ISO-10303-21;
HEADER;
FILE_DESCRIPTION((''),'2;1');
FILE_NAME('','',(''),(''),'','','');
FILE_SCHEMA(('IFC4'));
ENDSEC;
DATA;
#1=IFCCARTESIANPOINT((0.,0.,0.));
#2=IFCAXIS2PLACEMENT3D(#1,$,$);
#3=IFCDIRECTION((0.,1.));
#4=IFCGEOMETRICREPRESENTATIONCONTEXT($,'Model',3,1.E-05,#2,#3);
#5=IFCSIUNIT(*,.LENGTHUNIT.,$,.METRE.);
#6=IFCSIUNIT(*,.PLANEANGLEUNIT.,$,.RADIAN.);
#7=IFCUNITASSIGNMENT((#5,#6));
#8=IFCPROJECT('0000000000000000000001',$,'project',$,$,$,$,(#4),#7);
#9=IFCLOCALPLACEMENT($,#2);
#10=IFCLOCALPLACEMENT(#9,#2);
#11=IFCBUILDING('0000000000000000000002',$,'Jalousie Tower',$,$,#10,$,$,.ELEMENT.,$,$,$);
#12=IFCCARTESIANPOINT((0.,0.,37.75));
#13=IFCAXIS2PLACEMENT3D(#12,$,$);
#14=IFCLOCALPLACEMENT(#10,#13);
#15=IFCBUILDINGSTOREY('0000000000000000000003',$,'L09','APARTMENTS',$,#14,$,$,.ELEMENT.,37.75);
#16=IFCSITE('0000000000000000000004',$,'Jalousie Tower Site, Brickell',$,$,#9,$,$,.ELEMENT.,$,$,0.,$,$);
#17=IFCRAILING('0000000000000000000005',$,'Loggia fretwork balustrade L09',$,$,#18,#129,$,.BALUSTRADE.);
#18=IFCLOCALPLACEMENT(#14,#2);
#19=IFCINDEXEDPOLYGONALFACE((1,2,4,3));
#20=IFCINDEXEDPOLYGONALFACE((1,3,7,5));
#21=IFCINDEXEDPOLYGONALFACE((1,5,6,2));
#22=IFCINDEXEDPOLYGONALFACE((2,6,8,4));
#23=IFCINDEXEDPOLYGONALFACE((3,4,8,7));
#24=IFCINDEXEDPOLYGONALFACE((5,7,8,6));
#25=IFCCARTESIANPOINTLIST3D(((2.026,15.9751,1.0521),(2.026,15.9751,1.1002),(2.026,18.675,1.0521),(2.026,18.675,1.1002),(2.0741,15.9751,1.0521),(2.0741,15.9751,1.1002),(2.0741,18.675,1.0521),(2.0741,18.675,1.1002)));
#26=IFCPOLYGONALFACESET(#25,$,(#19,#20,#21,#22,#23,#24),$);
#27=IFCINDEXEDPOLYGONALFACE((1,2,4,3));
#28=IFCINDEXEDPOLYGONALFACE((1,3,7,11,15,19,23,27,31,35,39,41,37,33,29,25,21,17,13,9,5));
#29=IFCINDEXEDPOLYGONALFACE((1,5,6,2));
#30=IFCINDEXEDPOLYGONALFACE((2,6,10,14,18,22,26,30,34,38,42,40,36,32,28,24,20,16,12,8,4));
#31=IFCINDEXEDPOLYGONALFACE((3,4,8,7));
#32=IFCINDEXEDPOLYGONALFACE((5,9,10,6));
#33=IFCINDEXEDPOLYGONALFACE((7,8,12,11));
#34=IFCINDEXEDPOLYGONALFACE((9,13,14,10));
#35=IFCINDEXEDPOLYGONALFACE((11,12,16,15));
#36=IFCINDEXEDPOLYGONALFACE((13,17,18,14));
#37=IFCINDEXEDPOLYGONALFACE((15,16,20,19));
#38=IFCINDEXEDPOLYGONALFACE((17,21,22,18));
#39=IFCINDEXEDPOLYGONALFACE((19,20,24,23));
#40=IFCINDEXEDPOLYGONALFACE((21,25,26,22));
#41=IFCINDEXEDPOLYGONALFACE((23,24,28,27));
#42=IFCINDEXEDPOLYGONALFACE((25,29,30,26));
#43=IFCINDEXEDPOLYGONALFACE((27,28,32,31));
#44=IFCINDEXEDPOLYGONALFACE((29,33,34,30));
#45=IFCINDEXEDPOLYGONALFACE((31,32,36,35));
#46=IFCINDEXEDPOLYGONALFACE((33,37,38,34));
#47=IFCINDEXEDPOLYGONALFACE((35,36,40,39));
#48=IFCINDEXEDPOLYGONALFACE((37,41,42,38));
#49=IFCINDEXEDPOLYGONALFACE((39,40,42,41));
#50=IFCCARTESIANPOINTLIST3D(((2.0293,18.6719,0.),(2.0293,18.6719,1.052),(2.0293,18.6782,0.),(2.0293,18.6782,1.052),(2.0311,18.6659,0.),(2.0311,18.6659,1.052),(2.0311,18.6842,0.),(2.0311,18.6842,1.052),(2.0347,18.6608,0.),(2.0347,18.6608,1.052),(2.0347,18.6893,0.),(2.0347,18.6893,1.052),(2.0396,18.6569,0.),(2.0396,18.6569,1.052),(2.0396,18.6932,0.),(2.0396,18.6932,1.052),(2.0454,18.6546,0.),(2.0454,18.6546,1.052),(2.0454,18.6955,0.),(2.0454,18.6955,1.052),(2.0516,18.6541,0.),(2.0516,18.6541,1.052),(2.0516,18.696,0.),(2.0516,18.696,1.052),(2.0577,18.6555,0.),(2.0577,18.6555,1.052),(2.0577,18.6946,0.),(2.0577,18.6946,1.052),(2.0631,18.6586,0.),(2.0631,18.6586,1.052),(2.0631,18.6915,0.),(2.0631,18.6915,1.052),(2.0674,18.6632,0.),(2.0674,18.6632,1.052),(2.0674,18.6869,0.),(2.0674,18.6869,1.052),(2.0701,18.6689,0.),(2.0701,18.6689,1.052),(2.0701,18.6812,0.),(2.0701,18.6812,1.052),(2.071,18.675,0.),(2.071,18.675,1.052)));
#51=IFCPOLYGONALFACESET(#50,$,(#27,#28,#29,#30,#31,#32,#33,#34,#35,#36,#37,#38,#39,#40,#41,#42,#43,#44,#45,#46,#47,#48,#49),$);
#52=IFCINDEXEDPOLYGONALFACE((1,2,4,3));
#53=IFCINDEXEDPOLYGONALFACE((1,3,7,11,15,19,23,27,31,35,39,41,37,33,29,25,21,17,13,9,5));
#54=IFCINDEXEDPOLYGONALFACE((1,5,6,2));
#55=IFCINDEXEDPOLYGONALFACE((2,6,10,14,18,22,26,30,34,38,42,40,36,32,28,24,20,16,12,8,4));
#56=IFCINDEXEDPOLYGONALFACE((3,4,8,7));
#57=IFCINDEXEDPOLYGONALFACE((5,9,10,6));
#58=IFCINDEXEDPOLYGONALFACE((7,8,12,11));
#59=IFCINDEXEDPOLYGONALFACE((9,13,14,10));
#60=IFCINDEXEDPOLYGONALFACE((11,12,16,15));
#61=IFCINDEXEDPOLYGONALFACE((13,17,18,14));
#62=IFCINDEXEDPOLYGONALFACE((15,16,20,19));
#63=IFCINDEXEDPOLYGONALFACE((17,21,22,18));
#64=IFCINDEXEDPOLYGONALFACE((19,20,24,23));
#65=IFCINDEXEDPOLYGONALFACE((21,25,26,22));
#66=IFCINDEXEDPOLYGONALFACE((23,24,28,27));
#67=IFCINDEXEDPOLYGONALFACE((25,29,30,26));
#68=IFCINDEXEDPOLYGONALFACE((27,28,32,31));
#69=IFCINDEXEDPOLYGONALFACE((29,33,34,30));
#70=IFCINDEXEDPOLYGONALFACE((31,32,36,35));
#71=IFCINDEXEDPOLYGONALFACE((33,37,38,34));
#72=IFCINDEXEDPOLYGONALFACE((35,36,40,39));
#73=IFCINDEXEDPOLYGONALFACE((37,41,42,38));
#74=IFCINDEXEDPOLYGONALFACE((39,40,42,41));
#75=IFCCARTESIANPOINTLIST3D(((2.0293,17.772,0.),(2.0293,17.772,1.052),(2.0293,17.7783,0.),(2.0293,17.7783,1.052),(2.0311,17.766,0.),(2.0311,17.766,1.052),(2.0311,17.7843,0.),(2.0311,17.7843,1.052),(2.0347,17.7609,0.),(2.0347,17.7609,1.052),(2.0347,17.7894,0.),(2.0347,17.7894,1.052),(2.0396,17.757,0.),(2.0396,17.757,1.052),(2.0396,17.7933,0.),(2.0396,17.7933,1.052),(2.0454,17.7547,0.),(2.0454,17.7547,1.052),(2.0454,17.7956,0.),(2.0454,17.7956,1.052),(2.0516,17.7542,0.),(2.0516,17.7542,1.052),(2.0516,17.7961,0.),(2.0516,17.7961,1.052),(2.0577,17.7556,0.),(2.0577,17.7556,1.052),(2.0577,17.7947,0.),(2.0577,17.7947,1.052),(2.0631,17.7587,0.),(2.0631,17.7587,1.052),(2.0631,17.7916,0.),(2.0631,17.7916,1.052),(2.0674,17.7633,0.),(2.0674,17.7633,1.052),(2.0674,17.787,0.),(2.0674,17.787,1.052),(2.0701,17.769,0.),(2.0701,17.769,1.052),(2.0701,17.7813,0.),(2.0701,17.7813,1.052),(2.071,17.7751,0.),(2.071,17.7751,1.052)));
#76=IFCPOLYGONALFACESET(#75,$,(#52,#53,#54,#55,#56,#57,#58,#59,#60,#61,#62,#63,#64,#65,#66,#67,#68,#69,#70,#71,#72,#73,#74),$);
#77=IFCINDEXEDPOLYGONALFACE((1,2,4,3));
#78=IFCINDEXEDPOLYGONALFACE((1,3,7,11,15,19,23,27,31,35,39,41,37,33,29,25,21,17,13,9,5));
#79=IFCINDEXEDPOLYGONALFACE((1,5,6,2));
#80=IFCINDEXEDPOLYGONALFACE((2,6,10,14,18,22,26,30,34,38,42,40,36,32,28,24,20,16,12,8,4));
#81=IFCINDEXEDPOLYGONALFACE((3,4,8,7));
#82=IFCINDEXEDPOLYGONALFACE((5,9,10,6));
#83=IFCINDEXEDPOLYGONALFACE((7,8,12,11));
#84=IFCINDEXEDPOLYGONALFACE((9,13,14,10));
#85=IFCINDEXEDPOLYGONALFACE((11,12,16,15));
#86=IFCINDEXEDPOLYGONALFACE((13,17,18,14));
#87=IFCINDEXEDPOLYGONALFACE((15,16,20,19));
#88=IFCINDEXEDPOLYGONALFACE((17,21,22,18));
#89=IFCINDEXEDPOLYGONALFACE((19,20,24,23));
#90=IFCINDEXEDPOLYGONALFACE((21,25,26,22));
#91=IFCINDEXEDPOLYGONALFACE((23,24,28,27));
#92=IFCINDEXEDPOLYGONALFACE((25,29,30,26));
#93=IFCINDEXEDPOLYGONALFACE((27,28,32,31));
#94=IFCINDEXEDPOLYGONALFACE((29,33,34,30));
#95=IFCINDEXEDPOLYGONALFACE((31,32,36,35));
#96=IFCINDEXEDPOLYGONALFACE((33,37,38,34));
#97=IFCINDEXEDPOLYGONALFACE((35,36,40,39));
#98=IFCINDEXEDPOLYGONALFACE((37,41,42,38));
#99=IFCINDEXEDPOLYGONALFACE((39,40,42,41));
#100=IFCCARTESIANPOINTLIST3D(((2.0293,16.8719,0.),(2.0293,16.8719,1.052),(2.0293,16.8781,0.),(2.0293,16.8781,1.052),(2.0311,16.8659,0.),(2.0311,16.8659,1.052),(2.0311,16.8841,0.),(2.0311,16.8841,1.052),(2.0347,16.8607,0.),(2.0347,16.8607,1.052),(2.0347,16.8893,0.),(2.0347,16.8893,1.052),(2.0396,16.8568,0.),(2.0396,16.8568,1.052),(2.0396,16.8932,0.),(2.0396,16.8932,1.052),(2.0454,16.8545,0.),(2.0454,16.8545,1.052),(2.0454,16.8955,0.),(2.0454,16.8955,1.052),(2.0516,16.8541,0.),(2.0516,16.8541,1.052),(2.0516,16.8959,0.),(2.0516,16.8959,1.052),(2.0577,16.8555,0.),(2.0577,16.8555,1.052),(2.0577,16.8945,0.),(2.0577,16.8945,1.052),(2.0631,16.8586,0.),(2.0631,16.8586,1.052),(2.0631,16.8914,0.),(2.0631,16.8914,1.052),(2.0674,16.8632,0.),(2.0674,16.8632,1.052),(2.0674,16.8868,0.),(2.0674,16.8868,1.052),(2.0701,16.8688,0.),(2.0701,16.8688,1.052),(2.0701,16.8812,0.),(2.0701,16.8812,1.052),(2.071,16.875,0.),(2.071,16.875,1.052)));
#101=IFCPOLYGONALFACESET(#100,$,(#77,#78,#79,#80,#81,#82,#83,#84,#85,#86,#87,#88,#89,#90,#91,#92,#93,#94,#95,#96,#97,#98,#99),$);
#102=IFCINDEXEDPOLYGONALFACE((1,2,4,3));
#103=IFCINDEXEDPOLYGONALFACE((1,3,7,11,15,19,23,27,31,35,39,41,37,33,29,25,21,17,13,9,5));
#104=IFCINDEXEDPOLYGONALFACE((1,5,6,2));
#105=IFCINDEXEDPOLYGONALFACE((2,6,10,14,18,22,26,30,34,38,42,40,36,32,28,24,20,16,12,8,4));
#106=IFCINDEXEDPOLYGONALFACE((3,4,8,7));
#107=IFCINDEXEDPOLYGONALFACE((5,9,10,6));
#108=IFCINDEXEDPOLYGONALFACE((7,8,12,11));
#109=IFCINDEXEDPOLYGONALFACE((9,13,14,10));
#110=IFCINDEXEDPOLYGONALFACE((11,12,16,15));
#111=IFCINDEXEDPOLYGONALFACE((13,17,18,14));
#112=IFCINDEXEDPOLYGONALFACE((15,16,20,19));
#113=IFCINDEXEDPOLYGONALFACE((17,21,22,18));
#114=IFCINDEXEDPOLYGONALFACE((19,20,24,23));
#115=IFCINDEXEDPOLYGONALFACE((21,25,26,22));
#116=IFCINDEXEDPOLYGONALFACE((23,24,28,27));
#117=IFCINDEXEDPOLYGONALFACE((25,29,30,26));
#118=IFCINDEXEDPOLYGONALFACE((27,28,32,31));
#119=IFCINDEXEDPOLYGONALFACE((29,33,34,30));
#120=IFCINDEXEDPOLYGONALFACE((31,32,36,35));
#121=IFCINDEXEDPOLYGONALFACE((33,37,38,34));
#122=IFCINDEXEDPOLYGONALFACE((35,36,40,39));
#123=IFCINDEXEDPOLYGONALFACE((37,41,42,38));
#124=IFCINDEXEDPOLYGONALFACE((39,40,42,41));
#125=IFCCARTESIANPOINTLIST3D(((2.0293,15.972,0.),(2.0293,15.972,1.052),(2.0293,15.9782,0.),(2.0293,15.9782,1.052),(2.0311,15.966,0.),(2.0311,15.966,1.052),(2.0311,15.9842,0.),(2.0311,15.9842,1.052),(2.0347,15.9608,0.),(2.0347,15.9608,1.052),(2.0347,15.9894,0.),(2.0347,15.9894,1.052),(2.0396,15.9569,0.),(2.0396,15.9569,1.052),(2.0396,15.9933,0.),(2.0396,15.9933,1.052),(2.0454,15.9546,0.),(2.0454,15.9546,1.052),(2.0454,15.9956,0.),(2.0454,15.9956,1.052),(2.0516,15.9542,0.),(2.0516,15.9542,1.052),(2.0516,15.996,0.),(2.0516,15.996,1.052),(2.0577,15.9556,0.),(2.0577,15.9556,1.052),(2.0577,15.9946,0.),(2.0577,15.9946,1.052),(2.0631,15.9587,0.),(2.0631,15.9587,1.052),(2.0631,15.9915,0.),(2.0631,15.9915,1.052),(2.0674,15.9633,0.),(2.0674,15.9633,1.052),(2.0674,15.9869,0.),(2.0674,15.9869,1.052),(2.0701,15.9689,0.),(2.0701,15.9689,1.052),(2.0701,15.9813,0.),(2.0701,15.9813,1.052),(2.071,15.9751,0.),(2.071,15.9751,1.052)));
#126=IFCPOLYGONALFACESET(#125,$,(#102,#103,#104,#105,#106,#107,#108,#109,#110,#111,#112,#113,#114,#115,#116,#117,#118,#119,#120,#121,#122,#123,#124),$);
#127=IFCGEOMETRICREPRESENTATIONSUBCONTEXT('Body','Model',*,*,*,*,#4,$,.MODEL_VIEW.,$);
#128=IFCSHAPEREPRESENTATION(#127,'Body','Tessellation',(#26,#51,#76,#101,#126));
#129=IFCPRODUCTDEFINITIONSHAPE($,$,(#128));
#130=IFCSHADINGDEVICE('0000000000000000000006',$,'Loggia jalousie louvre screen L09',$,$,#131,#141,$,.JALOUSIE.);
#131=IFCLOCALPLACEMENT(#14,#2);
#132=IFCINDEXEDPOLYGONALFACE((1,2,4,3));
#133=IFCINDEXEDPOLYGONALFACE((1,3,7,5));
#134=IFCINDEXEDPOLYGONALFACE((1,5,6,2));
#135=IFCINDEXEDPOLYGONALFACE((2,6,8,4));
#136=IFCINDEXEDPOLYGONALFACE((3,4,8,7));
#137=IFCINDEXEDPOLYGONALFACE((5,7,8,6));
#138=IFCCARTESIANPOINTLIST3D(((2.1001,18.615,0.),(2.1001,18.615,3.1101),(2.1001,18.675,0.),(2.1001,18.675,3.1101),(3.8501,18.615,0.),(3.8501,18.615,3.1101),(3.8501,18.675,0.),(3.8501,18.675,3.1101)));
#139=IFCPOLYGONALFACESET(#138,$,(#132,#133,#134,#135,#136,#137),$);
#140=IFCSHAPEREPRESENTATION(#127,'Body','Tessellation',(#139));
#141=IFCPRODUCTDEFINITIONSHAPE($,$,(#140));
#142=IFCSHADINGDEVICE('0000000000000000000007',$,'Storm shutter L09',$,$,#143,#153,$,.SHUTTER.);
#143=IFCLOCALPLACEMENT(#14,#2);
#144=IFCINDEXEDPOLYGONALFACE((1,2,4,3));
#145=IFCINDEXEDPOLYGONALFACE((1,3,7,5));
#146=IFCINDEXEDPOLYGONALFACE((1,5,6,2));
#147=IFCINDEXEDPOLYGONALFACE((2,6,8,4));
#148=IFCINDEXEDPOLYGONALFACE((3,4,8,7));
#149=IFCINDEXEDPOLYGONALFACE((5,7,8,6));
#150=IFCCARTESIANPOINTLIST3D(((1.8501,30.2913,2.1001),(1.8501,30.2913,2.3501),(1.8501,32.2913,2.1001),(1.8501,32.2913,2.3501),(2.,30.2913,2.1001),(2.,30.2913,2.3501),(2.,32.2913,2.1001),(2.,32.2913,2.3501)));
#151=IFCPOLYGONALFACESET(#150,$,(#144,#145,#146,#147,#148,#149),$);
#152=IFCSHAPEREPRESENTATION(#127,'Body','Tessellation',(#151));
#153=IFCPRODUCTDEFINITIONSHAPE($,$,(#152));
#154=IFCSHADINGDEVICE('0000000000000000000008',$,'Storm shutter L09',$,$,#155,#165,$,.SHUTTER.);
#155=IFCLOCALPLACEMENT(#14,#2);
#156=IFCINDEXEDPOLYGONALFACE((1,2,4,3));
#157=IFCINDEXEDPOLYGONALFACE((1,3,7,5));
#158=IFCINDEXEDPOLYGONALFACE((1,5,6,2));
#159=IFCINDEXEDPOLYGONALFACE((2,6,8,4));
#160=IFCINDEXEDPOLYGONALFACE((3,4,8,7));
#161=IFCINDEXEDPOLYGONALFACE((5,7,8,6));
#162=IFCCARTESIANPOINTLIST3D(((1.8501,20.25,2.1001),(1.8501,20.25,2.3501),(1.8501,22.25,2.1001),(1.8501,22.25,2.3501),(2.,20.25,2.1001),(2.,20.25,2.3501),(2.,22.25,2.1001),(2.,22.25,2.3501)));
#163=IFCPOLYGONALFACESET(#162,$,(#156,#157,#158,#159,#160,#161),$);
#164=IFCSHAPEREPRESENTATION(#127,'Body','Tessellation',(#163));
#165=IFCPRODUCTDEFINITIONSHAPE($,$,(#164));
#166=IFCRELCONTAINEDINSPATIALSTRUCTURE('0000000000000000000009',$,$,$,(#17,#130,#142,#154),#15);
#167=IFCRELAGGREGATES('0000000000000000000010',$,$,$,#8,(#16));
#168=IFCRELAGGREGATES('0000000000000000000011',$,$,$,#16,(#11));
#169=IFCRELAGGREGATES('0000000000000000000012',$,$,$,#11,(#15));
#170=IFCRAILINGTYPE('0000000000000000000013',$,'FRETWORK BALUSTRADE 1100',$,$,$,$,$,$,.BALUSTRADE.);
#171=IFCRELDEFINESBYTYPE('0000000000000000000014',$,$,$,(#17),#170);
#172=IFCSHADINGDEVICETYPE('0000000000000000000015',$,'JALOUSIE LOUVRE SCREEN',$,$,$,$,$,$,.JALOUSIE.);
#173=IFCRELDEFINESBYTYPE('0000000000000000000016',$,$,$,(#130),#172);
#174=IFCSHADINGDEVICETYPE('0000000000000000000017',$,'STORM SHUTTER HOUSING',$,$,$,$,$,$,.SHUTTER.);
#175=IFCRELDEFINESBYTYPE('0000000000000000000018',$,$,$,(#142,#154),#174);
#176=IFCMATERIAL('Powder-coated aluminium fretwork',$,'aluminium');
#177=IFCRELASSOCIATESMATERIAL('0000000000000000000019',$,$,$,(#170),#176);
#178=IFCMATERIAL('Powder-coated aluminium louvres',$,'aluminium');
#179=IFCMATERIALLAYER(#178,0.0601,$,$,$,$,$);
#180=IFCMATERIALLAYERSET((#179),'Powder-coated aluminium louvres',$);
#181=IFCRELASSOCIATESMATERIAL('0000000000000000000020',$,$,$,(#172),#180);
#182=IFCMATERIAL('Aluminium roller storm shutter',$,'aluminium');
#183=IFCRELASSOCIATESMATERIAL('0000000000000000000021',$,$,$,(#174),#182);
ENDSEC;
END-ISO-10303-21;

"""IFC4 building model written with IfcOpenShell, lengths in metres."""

from ifc_helpers import new_model, si_unit, direction, frame, origin, origin_2d, place, context, subcontext, project, spatial, rectangle, circle, extrude, material, layer, layer_set, type_object, element, save


model = new_model("IFC4")

# Units and contexts
model_context = context("Model", 3, precision=1e-05, world=origin(), true_north=direction((0.0, 1.0)))
body_context = subcontext(model_context, "Body", "Model", "MODEL_VIEW")
ifc_project = project(units=[si_unit("LENGTHUNIT", "METRE"), si_unit("PLANEANGLEUNIT", "RADIAN")], contexts=[model_context])

# Site, building, storey
site_placement = place(None, origin())
site = spatial("IfcSite", under=ifc_project, at=site_placement, Name="Jalousie Tower Site, Brickell", CompositionType="ELEMENT", RefElevation=0.0)
building_placement = place(site_placement, origin())
building = spatial("IfcBuilding", under=site, at=building_placement, Name="Jalousie Tower", CompositionType="ELEMENT")
storey_placement = place(building_placement, frame((0.0, 0.0, 37.75)))
storey = spatial("IfcBuildingStorey", under=building, at=storey_placement, Name="L09", Description="APARTMENTS", CompositionType="ELEMENT", Elevation=37.75)

# Railing
ifc_material_1 = material(Name="Powder-coated aluminium fretwork", Category="aluminium")
railing_type = type_object("IfcRailingType", Name="FRETWORK BALUSTRADE 1100", PredefinedType="BALUSTRADE", material=ifc_material_1)
railing_placement = place(storey_placement, frame((2.05, 18.675, 0.0)))
element("IfcRailing", 1, at=railing_placement, inside=storey, type_object=railing_type, Name="Loggia fretwork balustrade L09", PredefinedType="BALUSTRADE", context=body_context, shape_type="SweptSolid", body=[
    extrude(rectangle(XDim=0.0481, YDim=0.0481, at=origin_2d()), frame((0.0, 0.0, 1.0762), z_axis=(0.0, -1.0, 0.0), x_axis=(1.0, 0.0, 0.0)), (0.0, 0.0, 1.0), 2.7),
    extrude(circle(Radius=0.021, at=origin_2d()), origin(), (0.0, 0.0, 1.0), 1.052),
    extrude(circle(Radius=0.021, at=origin_2d()), frame((0.0, -0.8999, 0.0)), (0.0, 0.0, 1.0), 1.052),
    extrude(circle(Radius=0.021, at=origin_2d()), frame((0.0, -1.8, 0.0)), (0.0, 0.0, 1.0), 1.052),
    extrude(circle(Radius=0.021, at=origin_2d()), frame((0.0, -2.7, 0.0)), (0.0, 0.0, 1.0), 1.052),
])

# Shading devices
ifc_material_2 = material(Name="Powder-coated aluminium louvres", Category="aluminium")
ifc_layer_1 = layer(ifc_material_2, 0.0601)
ifc_layer_set_1 = layer_set([ifc_layer_1], Name="Powder-coated aluminium louvres")
shading_device_type_1 = type_object("IfcShadingDeviceType", Name="JALOUSIE LOUVRE SCREEN", PredefinedType="JALOUSIE", material=ifc_layer_set_1)
shading_device_1_placement = place(storey_placement, frame((2.9751, 18.645, 0.0), z_axis=(0.0, 0.0, 1.0), x_axis=(0.0, -1.0, 0.0)))
element("IfcShadingDevice", 2, at=shading_device_1_placement, inside=storey, type_object=shading_device_type_1, Name="Loggia jalousie louvre screen L09", PredefinedType="JALOUSIE", context=body_context, shape_type="SweptSolid", body=[
    extrude(rectangle(XDim=0.0601, YDim=1.75, at=origin_2d()), origin(), (0.0, 0.0, 1.0), 3.1101),
])
ifc_material_3 = material(Name="Aluminium roller storm shutter", Category="aluminium")
shading_device_type_2 = type_object("IfcShadingDeviceType", Name="STORM SHUTTER HOUSING", PredefinedType="SHUTTER", material=ifc_material_3)
for number, where, z_axis, x_axis, name in (
    (3, (1.925, 31.2913, 2.1001), (0.0, 0.0, 1.0), (0.0, -1.0, 0.0), "Storm shutter L09"),
    (4, (1.925, 21.25, 2.1001), (0.0, 0.0, 1.0), (0.0, -1.0, 0.0), "Storm shutter L09"),
):
    element("IfcShadingDevice", number, at=place(storey_placement, frame(where, z_axis=z_axis, x_axis=x_axis)), inside=storey, type_object=shading_device_type_2, Name=name, PredefinedType="SHUTTER", context=body_context, shape_type="SweptSolid", body=[
        extrude(rectangle(XDim=2.0, YDim=0.1499, at=origin_2d()), origin(), (0.0, 0.0, 1.0), 0.25),
    ])

save(model, "model.ifc")
